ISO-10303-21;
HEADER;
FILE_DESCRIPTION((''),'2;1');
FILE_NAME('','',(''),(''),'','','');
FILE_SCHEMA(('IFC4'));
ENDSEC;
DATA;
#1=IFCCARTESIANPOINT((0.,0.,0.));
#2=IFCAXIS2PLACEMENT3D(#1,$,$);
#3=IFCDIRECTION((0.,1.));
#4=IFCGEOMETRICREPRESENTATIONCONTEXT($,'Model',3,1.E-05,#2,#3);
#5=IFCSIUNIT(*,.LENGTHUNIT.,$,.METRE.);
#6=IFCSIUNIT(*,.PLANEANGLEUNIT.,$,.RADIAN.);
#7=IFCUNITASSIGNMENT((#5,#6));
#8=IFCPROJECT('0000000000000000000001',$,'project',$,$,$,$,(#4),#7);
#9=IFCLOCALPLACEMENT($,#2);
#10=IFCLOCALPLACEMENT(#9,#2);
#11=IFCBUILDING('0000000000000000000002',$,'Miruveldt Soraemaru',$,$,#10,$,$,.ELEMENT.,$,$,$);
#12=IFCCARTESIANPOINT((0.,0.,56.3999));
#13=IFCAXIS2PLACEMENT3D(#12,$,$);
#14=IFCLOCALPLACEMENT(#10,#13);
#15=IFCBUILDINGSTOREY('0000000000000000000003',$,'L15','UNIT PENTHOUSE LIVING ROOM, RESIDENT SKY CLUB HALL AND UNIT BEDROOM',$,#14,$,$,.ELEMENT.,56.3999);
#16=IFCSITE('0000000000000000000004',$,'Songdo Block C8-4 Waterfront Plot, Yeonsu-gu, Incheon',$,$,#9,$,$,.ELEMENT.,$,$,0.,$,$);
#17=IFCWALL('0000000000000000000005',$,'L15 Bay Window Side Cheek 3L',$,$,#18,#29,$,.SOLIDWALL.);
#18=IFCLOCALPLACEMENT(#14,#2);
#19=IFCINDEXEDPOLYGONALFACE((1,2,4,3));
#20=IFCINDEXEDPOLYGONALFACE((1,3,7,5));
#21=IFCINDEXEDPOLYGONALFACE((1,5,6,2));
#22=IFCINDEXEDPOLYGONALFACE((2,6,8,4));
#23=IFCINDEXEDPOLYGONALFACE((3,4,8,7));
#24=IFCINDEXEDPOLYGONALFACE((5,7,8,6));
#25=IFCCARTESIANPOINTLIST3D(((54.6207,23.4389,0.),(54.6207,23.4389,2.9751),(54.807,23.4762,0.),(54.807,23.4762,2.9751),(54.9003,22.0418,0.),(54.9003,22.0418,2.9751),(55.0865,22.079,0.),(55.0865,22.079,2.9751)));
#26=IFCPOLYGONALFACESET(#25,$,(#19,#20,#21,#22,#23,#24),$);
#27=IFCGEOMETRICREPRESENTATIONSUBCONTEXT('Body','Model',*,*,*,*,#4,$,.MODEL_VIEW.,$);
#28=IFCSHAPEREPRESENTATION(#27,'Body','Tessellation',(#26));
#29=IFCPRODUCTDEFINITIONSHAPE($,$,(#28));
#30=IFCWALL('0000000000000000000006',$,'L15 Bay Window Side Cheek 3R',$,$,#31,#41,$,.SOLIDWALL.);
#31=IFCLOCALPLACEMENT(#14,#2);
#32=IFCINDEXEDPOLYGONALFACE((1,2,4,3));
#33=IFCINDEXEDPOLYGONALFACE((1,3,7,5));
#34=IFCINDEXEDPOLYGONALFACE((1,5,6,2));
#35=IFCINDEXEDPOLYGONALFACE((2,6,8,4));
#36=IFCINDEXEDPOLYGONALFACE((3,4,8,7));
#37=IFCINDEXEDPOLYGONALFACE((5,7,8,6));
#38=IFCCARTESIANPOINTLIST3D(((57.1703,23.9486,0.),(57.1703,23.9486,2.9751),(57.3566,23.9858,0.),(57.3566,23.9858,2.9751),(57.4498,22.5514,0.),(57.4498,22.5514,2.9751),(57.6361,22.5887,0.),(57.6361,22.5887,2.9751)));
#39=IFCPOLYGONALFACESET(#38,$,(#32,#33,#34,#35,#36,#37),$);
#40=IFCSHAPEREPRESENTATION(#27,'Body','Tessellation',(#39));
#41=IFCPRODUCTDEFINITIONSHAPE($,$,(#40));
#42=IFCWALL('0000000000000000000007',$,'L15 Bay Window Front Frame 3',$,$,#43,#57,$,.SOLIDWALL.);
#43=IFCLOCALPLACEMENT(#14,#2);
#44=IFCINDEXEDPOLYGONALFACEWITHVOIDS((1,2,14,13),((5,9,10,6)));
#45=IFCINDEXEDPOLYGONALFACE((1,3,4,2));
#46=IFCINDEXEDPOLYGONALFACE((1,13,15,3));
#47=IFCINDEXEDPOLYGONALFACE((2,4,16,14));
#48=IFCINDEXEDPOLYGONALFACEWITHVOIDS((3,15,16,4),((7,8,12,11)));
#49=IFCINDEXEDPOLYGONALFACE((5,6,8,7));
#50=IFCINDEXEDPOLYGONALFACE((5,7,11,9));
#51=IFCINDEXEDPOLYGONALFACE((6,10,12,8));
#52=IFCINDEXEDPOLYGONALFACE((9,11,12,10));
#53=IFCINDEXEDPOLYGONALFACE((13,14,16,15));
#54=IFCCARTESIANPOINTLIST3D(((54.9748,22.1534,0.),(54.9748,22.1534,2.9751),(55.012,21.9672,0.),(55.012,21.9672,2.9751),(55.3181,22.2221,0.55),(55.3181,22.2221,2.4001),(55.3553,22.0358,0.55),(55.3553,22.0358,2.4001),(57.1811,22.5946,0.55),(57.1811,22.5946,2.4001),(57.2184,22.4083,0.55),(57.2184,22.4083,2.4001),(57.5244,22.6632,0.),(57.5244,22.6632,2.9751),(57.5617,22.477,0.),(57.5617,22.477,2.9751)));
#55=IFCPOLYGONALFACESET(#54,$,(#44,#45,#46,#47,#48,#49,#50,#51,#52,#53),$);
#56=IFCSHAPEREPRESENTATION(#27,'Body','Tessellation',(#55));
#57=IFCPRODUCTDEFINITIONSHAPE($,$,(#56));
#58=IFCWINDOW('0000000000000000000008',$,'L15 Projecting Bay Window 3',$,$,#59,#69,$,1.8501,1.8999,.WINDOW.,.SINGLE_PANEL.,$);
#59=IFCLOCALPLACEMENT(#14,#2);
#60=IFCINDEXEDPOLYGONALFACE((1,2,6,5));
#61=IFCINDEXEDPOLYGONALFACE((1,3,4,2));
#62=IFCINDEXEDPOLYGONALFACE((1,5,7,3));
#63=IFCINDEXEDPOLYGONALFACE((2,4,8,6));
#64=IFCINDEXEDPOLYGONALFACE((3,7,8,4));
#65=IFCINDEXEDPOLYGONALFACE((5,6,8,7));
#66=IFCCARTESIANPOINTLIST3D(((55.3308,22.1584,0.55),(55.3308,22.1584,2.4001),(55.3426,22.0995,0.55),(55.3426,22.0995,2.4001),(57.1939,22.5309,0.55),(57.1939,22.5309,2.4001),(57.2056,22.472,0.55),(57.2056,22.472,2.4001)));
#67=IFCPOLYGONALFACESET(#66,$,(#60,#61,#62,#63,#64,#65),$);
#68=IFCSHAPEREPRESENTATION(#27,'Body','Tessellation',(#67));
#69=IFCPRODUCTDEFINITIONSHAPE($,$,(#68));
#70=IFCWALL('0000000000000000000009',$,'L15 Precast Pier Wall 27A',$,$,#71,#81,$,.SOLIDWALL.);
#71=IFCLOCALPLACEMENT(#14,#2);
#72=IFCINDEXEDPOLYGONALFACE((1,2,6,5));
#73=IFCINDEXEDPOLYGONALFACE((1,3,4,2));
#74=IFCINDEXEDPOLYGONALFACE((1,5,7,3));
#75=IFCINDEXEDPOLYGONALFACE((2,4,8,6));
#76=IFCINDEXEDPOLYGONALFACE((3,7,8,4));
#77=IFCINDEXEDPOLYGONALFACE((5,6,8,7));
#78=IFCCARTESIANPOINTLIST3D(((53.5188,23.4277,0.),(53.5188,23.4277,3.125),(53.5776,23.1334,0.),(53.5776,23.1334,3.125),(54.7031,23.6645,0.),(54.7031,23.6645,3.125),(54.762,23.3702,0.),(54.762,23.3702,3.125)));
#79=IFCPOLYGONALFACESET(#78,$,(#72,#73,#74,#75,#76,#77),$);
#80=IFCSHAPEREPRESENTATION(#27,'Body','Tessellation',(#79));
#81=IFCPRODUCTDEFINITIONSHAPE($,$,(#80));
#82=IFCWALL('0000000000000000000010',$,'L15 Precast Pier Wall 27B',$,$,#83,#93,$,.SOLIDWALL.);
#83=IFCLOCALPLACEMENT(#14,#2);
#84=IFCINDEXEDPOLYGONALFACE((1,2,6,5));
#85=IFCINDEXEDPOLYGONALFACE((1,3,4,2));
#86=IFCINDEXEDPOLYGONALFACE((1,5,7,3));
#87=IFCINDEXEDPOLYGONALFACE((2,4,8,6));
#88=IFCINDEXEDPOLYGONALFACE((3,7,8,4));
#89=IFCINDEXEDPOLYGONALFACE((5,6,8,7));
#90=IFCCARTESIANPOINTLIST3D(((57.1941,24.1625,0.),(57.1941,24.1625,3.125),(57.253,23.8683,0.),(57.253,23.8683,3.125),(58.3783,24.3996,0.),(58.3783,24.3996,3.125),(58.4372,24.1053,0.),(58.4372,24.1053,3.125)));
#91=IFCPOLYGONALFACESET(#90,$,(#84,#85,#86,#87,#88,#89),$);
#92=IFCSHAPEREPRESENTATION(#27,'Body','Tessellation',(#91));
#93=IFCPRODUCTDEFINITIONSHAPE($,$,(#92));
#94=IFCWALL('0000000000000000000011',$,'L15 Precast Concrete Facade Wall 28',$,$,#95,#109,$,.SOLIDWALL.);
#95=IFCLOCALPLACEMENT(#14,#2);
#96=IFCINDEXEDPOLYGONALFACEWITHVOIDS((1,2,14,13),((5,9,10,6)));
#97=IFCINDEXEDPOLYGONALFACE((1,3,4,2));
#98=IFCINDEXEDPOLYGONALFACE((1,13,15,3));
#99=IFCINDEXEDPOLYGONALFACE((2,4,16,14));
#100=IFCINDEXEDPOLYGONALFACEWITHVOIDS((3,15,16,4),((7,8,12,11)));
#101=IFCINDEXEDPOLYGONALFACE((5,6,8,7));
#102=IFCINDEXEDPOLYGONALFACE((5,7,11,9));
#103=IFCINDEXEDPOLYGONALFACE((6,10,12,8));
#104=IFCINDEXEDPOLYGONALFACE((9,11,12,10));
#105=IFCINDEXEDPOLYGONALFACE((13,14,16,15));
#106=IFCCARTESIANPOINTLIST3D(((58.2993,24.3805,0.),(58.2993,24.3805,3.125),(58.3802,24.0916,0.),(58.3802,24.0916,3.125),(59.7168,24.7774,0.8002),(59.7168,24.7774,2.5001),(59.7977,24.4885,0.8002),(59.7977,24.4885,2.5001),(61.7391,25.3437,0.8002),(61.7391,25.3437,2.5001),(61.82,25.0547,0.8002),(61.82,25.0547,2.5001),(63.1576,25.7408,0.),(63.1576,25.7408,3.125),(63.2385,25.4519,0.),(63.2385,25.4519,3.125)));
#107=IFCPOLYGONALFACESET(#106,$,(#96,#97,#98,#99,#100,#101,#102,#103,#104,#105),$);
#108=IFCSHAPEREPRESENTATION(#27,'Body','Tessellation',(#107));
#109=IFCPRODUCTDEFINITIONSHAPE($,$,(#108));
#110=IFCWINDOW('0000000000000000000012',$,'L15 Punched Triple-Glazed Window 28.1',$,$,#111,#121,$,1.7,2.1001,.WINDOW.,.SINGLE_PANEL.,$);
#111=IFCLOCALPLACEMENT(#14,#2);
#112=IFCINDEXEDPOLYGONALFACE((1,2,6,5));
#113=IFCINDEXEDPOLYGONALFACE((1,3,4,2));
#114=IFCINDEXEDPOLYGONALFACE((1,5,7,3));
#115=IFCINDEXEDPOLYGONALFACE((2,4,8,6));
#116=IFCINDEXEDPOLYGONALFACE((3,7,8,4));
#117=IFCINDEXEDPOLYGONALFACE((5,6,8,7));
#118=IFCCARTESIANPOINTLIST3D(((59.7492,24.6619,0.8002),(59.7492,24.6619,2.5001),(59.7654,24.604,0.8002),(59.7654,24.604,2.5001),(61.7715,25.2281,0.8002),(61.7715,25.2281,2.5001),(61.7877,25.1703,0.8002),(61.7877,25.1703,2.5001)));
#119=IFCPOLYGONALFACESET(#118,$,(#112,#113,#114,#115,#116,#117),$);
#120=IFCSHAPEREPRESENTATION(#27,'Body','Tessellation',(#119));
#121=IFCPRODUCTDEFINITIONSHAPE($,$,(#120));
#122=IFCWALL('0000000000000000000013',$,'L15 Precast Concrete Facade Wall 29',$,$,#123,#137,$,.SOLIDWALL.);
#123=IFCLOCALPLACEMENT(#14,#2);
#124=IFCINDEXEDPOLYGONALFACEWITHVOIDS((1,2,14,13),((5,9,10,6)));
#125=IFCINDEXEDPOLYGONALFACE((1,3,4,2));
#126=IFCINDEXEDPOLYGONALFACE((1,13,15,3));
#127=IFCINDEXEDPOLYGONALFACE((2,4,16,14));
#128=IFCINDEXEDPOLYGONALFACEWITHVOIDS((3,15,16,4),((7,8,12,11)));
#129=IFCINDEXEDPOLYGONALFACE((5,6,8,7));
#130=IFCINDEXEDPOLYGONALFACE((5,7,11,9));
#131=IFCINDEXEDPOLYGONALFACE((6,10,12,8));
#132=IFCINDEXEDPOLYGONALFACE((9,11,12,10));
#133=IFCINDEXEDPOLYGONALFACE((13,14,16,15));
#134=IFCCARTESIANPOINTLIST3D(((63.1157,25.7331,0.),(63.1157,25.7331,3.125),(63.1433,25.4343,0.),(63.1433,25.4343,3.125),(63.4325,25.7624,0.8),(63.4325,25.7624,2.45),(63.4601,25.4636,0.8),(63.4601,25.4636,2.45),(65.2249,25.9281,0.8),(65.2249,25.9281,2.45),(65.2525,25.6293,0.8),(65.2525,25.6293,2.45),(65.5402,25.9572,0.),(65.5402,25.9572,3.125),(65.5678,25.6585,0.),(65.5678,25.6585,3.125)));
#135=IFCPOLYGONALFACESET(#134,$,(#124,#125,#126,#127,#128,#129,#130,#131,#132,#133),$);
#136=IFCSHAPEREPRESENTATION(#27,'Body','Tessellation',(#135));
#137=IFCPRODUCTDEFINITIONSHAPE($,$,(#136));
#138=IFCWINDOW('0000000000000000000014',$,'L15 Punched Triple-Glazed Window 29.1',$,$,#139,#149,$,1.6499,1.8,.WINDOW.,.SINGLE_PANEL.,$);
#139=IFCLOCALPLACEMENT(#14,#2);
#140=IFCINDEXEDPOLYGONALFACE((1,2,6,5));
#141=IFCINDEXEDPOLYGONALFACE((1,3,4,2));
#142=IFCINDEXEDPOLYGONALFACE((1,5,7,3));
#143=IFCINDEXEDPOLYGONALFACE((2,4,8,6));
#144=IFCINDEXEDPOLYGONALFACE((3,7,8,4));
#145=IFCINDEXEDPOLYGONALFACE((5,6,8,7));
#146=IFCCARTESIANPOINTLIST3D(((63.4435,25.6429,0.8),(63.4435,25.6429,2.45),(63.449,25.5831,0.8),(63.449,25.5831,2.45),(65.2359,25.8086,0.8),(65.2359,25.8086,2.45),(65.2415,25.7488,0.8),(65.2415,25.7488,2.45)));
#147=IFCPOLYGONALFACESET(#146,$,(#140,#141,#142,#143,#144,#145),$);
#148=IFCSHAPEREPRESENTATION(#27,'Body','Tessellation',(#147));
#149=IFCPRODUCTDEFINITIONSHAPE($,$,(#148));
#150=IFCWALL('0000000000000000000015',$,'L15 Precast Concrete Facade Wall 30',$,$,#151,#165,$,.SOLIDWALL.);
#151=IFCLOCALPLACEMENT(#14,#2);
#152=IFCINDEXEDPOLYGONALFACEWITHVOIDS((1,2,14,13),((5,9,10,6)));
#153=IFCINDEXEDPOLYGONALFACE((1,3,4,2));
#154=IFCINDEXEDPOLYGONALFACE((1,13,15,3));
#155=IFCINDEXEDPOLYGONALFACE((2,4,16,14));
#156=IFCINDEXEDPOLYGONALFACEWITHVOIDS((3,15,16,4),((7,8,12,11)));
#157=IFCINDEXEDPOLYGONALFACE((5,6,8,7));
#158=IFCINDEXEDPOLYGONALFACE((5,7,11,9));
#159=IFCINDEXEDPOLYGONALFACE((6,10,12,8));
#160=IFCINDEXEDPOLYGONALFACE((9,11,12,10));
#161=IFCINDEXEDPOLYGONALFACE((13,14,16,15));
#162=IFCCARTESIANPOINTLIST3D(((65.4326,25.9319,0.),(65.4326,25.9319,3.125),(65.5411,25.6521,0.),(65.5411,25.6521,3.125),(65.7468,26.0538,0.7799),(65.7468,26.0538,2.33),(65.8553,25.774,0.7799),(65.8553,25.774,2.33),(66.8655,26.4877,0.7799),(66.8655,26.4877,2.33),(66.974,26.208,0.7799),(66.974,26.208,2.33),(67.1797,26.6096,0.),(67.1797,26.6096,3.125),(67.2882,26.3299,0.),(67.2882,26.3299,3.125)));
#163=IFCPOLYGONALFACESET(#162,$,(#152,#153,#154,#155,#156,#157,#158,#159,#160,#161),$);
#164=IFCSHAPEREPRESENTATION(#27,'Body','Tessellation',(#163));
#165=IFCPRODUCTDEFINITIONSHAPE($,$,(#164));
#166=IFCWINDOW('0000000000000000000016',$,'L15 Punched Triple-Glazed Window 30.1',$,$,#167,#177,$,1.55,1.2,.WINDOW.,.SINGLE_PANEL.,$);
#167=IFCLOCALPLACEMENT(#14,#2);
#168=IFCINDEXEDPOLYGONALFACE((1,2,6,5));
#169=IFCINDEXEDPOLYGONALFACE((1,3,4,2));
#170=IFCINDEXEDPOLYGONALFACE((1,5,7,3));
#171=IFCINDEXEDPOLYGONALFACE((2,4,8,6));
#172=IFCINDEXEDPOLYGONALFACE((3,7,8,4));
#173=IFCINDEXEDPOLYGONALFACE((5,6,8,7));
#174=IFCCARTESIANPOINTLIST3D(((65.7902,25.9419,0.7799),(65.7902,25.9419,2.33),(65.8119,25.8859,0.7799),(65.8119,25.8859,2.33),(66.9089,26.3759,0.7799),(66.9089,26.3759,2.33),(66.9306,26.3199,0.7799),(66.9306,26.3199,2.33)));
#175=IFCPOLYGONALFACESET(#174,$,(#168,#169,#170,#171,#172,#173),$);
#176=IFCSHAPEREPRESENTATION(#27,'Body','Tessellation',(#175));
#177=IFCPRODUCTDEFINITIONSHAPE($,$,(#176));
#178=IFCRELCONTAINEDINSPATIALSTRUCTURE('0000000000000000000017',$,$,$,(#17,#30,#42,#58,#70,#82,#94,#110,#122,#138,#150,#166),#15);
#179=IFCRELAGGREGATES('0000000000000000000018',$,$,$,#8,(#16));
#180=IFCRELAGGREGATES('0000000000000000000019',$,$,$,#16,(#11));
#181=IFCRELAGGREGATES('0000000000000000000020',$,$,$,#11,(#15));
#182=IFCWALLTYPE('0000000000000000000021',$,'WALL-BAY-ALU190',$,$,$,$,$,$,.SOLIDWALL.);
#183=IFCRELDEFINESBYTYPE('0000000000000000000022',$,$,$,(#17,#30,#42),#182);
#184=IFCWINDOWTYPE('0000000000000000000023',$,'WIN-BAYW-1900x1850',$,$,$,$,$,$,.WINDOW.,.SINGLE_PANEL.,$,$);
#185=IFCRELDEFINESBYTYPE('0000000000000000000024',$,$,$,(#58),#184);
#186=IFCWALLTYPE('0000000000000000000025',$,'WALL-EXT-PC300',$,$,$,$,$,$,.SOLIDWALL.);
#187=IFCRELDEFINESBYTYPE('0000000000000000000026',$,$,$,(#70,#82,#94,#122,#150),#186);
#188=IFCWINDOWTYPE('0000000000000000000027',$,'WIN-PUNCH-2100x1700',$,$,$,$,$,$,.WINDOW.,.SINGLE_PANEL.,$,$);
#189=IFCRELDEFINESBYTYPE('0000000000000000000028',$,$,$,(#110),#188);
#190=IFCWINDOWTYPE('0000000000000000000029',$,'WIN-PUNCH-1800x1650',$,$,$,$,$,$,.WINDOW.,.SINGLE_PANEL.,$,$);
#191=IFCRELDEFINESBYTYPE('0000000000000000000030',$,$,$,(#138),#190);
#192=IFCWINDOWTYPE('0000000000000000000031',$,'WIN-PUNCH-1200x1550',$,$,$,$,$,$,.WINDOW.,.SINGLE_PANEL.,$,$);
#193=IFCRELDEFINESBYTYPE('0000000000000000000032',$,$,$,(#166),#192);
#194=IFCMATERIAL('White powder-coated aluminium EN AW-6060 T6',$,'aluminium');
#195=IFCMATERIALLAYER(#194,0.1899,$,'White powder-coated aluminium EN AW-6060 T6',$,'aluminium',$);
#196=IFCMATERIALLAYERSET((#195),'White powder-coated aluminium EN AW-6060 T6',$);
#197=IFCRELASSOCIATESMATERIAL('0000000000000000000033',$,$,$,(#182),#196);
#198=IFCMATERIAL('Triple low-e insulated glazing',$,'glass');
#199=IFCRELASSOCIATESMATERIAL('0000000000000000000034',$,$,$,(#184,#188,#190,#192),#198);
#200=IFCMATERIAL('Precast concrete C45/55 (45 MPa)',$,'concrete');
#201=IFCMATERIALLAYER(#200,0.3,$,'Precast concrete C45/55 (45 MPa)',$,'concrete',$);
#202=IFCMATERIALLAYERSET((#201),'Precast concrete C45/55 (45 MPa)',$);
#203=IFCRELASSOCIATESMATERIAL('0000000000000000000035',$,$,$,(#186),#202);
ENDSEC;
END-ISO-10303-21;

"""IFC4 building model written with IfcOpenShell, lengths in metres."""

from ifc_helpers import new_model, si_unit, direction, frame, frame_2d, origin, place, context, subcontext, project, spatial, rectangle, extrude, material, layer, layer_set, type_object, element, fill, save


model = new_model("IFC4")

# Units and contexts
model_context = context("Model", 3, precision=1e-05, world=origin(), true_north=direction((0.0, 1.0)))
body_context = subcontext(model_context, "Body", "Model", "MODEL_VIEW")
ifc_project = project(units=[si_unit("LENGTHUNIT", "METRE"), si_unit("PLANEANGLEUNIT", "RADIAN")], contexts=[model_context])

# Site, building, storey
site_placement = place(None, origin())
site = spatial("IfcSite", under=ifc_project, at=site_placement, Name="Songdo Block C8-4 Waterfront Plot, Yeonsu-gu, Incheon", CompositionType="ELEMENT", RefElevation=0.0)
building_placement = place(site_placement, origin())
building = spatial("IfcBuilding", under=site, at=building_placement, Name="Miruveldt Soraemaru", CompositionType="ELEMENT")
storey_placement = place(building_placement, frame((0.0, 0.0, 56.3999)))
storey = spatial("IfcBuildingStorey", under=building, at=storey_placement, Name="L15", Description="UNIT PENTHOUSE LIVING ROOM, RESIDENT SKY CLUB HALL AND UNIT BEDROOM", CompositionType="ELEMENT", Elevation=56.3999)

# Walls
ifc_material_1 = material(Name="White powder-coated aluminium EN AW-6060 T6", Category="aluminium")
ifc_layer_1 = layer(ifc_material_1, 0.1899, Name="White powder-coated aluminium EN AW-6060 T6", Category="aluminium")
ifc_layer_set_1 = layer_set([ifc_layer_1], Name="White powder-coated aluminium EN AW-6060 T6")
wall_type_1 = type_object("IfcWallType", Name="WALL-BAY-ALU190", PredefinedType="SOLIDWALL", material=ifc_layer_set_1)
for number, where, z_axis, x_axis, name in (
    (1, (54.7139, 23.4575, 0.0), (0.0, 0.0, 1.0), (0.196182, -0.980567, 0.0), "L15 Bay Window Side Cheek 3L"),
    (2, (57.543, 22.5701, 0.0), (0.0, 0.0, 1.0), (-0.196182, 0.980567, 0.0), "L15 Bay Window Side Cheek 3R"),
):
    element("IfcWall", number, at=place(storey_placement, frame(where, z_axis=z_axis, x_axis=x_axis)), inside=storey, type_object=wall_type_1, Name=name, PredefinedType="SOLIDWALL", context=body_context, shape_type="SweptSolid", body=[
        extrude(rectangle(XDim=1.4248, YDim=0.1899, at=frame_2d((0.7124, 0.0))), origin(), (0.0, 0.0, 1.0), 2.9751),
    ])

# Wall, opening, window
wall_1_placement = place(storey_placement, frame((54.9934, 22.0603, 0.0), z_axis=(0.0, 0.0, 1.0), x_axis=(0.980592, 0.196062, 0.0)))
wall_1 = element("IfcWall", 3, at=wall_1_placement, inside=storey, type_object=wall_type_1, Name="L15 Bay Window Front Frame 3", PredefinedType="SOLIDWALL", context=body_context, shape_type="SweptSolid", body=[
    extrude(rectangle(XDim=2.6001, YDim=0.1899, at=frame_2d((1.3, 0.0))), origin(), (0.0, 0.0, 1.0), 2.9751),
])
opening_1_placement = place(wall_1_placement, frame((0.3501, 0.0, 0.55)))
opening_1 = element("IfcOpeningElement", 4, at=opening_1_placement, cuts=wall_1, PredefinedType="OPENING", context=body_context, shape_type="SweptSolid", body=[
    extrude(rectangle(XDim=1.8999, YDim=1.8501, at=frame_2d((0.95, 0.925))), frame((0.0, 0.105, 0.0), z_axis=(0.0, -1.0, 0.0), x_axis=(1.0, 0.0, 0.0)), (0.0, 0.0, 1.0), 0.21),
])
ifc_material_2 = material(Name="Triple low-e insulated glazing", Category="glass")
window_type_1 = type_object("IfcWindowType", Name="WIN-BAYW-1900x1850", PartitioningType="SINGLE_PANEL", PredefinedType="WINDOW", material=ifc_material_2)
window_1_placement = place(opening_1_placement, origin())
window_1 = element("IfcWindow", 5, at=window_1_placement, inside=storey, type_object=window_type_1, Name="L15 Projecting Bay Window 3", OverallHeight=1.8501, OverallWidth=1.8999, PartitioningType="SINGLE_PANEL", PredefinedType="WINDOW", context=body_context, shape_type="SweptSolid", body=[
    extrude(rectangle(XDim=1.8999, YDim=1.8501, at=frame_2d((0.95, 0.925))), frame((0.0, 0.03, 0.0), z_axis=(0.0, -1.0, 0.0), x_axis=(1.0, 0.0, 0.0)), (0.0, 0.0, 1.0), 0.0601),
])
fill(opening_1, window_1)

# Walls
ifc_material_3 = material(Name="Precast concrete C45/55 (45 MPa)", Category="concrete")
ifc_layer_2 = layer(ifc_material_3, 0.3, Name="Precast concrete C45/55 (45 MPa)", Category="concrete")
ifc_layer_set_2 = layer_set([ifc_layer_2], Name="Precast concrete C45/55 (45 MPa)")
wall_type_2 = type_object("IfcWallType", Name="WALL-EXT-PC300", PredefinedType="SOLIDWALL", material=ifc_layer_set_2)
for number, where, z_axis, x_axis, name in (
    (6, (53.5481, 23.2805, 0.0), (0.0, 0.0, 1.0), (0.980588, 0.196077, 0.0), "L15 Precast Pier Wall 27A"),
    (7, (57.2234, 24.0154, 0.0), (0.0, 0.0, 1.0), (0.98055, 0.196272, 0.0), "L15 Precast Pier Wall 27B"),
):
    element("IfcWall", number, at=place(storey_placement, frame(where, z_axis=z_axis, x_axis=x_axis)), inside=storey, type_object=wall_type_2, Name=name, PredefinedType="SOLIDWALL", context=body_context, shape_type="SweptSolid", body=[
        extrude(rectangle(XDim=1.2078, YDim=0.3, at=frame_2d((0.604, 0.0))), origin(), (0.0, 0.0, 1.0), 3.125),
    ])

# Walls, openings, windows
wall_2_placement = place(storey_placement, frame((58.3398, 24.2361, 0.0), z_axis=(0.0, 0.0, 1.0), x_axis=(0.962964, 0.26963, 0.0)))
wall_2 = element("IfcWall", 8, at=wall_2_placement, inside=storey, type_object=wall_type_2, Name="L15 Precast Concrete Facade Wall 28", PredefinedType="SOLIDWALL", context=body_context, shape_type="SweptSolid", body=[
    extrude(rectangle(XDim=5.0452, YDim=0.3, at=frame_2d((2.5225, 0.0))), origin(), (0.0, 0.0, 1.0), 3.125),
])
opening_2_placement = place(wall_2_placement, frame((1.4719, 0.0, 0.8)))
opening_2 = element("IfcOpeningElement", 9, at=opening_2_placement, cuts=wall_2, PredefinedType="OPENING", context=body_context, shape_type="SweptSolid", body=[
    extrude(rectangle(XDim=2.1001, YDim=1.7, at=frame_2d((1.05, 0.8501))), frame((0.0, 0.1602, 0.0), z_axis=(0.0, -1.0, 0.0), x_axis=(1.0, 0.0, 0.0)), (0.0, 0.0, 1.0), 0.3201),
])
window_type_2 = type_object("IfcWindowType", Name="WIN-PUNCH-2100x1700", PartitioningType="SINGLE_PANEL", PredefinedType="WINDOW", material=ifc_material_2)
window_2_placement = place(opening_2_placement, origin())
window_2 = element("IfcWindow", 10, at=window_2_placement, inside=storey, type_object=window_type_2, Name="L15 Punched Triple-Glazed Window 28.1", OverallHeight=1.7, OverallWidth=2.1001, PartitioningType="SINGLE_PANEL", PredefinedType="WINDOW", context=body_context, shape_type="SweptSolid", body=[
    extrude(rectangle(XDim=2.1001, YDim=1.7, at=frame_2d((1.05, 0.8501))), frame((0.0, 0.03, 0.0), z_axis=(0.0, -1.0, 0.0), x_axis=(1.0, 0.0, 0.0)), (0.0, 0.0, 1.0), 0.0601),
])
fill(opening_2, window_2)
wall_3_placement = place(storey_placement, frame((63.1296, 25.5837, 0.0), z_axis=(0.0, 0.0, 1.0), x_axis=(0.995755, 0.092045, 0.0)))
wall_3 = element("IfcWall", 11, at=wall_3_placement, inside=storey, type_object=wall_type_2, Name="L15 Precast Concrete Facade Wall 29", PredefinedType="SOLIDWALL", context=body_context, shape_type="SweptSolid", body=[
    extrude(rectangle(XDim=2.4348, YDim=0.3, at=frame_2d((1.2173, 0.0))), origin(), (0.0, 0.0, 1.0), 3.125),
])
opening_3_placement = place(wall_3_placement, frame((0.3181, 0.0, 0.8)))
opening_3 = element("IfcOpeningElement", 12, at=opening_3_placement, cuts=wall_3, PredefinedType="OPENING", context=body_context, shape_type="SweptSolid", body=[
    extrude(rectangle(XDim=1.8, YDim=1.6499, at=frame_2d((0.8999, 0.825))), frame((0.0, 0.1602, 0.0), z_axis=(0.0, -1.0, 0.0), x_axis=(1.0, 0.0, 0.0)), (0.0, 0.0, 1.0), 0.3201),
])
window_type_3 = type_object("IfcWindowType", Name="WIN-PUNCH-1800x1650", PartitioningType="SINGLE_PANEL", PredefinedType="WINDOW", material=ifc_material_2)
window_3_placement = place(opening_3_placement, origin())
window_3 = element("IfcWindow", 13, at=window_3_placement, inside=storey, type_object=window_type_3, Name="L15 Punched Triple-Glazed Window 29.1", OverallHeight=1.6499, OverallWidth=1.8, PartitioningType="SINGLE_PANEL", PredefinedType="WINDOW", context=body_context, shape_type="SweptSolid", body=[
    extrude(rectangle(XDim=1.8, YDim=1.6499, at=frame_2d((0.8999, 0.825))), frame((0.0, 0.03, 0.0), z_axis=(0.0, -1.0, 0.0), x_axis=(1.0, 0.0, 0.0)), (0.0, 0.0, 1.0), 0.0601),
])
fill(opening_3, window_3)
wall_4_placement = place(storey_placement, frame((65.4868, 25.792, 0.0), z_axis=(0.0, 0.0, 1.0), x_axis=(0.932308, 0.361667, 0.0)))
wall_4 = element("IfcWall", 14, at=wall_4_placement, inside=storey, type_object=wall_type_2, Name="L15 Precast Concrete Facade Wall 30", PredefinedType="SOLIDWALL", context=body_context, shape_type="SweptSolid", body=[
    extrude(rectangle(XDim=1.874, YDim=0.3, at=frame_2d((0.937, 0.0))), origin(), (0.0, 0.0, 1.0), 3.125),
])
opening_4_placement = place(wall_4_placement, frame((0.3369, 0.0, 0.78)))
opening_4 = element("IfcOpeningElement", 15, at=opening_4_placement, cuts=wall_4, PredefinedType="OPENING", context=body_context, shape_type="SweptSolid", body=[
    extrude(rectangle(XDim=1.2, YDim=1.55, at=frame_2d((0.6001, 0.7749))), frame((0.0, 0.1602, 0.0), z_axis=(0.0, -1.0, 0.0), x_axis=(1.0, 0.0, 0.0)), (0.0, 0.0, 1.0), 0.3201),
])
window_type_4 = type_object("IfcWindowType", Name="WIN-PUNCH-1200x1550", PartitioningType="SINGLE_PANEL", PredefinedType="WINDOW", material=ifc_material_2)
window_4_placement = place(opening_4_placement, origin())
window_4 = element("IfcWindow", 16, at=window_4_placement, inside=storey, type_object=window_type_4, Name="L15 Punched Triple-Glazed Window 30.1", OverallHeight=1.55, OverallWidth=1.2, PartitioningType="SINGLE_PANEL", PredefinedType="WINDOW", context=body_context, shape_type="SweptSolid", body=[
    extrude(rectangle(XDim=1.2, YDim=1.55, at=frame_2d((0.6001, 0.7749))), frame((0.0, 0.03, 0.0), z_axis=(0.0, -1.0, 0.0), x_axis=(1.0, 0.0, 0.0)), (0.0, 0.0, 1.0), 0.0601),
])
fill(opening_4, window_4)

save(model, "model.ifc")
